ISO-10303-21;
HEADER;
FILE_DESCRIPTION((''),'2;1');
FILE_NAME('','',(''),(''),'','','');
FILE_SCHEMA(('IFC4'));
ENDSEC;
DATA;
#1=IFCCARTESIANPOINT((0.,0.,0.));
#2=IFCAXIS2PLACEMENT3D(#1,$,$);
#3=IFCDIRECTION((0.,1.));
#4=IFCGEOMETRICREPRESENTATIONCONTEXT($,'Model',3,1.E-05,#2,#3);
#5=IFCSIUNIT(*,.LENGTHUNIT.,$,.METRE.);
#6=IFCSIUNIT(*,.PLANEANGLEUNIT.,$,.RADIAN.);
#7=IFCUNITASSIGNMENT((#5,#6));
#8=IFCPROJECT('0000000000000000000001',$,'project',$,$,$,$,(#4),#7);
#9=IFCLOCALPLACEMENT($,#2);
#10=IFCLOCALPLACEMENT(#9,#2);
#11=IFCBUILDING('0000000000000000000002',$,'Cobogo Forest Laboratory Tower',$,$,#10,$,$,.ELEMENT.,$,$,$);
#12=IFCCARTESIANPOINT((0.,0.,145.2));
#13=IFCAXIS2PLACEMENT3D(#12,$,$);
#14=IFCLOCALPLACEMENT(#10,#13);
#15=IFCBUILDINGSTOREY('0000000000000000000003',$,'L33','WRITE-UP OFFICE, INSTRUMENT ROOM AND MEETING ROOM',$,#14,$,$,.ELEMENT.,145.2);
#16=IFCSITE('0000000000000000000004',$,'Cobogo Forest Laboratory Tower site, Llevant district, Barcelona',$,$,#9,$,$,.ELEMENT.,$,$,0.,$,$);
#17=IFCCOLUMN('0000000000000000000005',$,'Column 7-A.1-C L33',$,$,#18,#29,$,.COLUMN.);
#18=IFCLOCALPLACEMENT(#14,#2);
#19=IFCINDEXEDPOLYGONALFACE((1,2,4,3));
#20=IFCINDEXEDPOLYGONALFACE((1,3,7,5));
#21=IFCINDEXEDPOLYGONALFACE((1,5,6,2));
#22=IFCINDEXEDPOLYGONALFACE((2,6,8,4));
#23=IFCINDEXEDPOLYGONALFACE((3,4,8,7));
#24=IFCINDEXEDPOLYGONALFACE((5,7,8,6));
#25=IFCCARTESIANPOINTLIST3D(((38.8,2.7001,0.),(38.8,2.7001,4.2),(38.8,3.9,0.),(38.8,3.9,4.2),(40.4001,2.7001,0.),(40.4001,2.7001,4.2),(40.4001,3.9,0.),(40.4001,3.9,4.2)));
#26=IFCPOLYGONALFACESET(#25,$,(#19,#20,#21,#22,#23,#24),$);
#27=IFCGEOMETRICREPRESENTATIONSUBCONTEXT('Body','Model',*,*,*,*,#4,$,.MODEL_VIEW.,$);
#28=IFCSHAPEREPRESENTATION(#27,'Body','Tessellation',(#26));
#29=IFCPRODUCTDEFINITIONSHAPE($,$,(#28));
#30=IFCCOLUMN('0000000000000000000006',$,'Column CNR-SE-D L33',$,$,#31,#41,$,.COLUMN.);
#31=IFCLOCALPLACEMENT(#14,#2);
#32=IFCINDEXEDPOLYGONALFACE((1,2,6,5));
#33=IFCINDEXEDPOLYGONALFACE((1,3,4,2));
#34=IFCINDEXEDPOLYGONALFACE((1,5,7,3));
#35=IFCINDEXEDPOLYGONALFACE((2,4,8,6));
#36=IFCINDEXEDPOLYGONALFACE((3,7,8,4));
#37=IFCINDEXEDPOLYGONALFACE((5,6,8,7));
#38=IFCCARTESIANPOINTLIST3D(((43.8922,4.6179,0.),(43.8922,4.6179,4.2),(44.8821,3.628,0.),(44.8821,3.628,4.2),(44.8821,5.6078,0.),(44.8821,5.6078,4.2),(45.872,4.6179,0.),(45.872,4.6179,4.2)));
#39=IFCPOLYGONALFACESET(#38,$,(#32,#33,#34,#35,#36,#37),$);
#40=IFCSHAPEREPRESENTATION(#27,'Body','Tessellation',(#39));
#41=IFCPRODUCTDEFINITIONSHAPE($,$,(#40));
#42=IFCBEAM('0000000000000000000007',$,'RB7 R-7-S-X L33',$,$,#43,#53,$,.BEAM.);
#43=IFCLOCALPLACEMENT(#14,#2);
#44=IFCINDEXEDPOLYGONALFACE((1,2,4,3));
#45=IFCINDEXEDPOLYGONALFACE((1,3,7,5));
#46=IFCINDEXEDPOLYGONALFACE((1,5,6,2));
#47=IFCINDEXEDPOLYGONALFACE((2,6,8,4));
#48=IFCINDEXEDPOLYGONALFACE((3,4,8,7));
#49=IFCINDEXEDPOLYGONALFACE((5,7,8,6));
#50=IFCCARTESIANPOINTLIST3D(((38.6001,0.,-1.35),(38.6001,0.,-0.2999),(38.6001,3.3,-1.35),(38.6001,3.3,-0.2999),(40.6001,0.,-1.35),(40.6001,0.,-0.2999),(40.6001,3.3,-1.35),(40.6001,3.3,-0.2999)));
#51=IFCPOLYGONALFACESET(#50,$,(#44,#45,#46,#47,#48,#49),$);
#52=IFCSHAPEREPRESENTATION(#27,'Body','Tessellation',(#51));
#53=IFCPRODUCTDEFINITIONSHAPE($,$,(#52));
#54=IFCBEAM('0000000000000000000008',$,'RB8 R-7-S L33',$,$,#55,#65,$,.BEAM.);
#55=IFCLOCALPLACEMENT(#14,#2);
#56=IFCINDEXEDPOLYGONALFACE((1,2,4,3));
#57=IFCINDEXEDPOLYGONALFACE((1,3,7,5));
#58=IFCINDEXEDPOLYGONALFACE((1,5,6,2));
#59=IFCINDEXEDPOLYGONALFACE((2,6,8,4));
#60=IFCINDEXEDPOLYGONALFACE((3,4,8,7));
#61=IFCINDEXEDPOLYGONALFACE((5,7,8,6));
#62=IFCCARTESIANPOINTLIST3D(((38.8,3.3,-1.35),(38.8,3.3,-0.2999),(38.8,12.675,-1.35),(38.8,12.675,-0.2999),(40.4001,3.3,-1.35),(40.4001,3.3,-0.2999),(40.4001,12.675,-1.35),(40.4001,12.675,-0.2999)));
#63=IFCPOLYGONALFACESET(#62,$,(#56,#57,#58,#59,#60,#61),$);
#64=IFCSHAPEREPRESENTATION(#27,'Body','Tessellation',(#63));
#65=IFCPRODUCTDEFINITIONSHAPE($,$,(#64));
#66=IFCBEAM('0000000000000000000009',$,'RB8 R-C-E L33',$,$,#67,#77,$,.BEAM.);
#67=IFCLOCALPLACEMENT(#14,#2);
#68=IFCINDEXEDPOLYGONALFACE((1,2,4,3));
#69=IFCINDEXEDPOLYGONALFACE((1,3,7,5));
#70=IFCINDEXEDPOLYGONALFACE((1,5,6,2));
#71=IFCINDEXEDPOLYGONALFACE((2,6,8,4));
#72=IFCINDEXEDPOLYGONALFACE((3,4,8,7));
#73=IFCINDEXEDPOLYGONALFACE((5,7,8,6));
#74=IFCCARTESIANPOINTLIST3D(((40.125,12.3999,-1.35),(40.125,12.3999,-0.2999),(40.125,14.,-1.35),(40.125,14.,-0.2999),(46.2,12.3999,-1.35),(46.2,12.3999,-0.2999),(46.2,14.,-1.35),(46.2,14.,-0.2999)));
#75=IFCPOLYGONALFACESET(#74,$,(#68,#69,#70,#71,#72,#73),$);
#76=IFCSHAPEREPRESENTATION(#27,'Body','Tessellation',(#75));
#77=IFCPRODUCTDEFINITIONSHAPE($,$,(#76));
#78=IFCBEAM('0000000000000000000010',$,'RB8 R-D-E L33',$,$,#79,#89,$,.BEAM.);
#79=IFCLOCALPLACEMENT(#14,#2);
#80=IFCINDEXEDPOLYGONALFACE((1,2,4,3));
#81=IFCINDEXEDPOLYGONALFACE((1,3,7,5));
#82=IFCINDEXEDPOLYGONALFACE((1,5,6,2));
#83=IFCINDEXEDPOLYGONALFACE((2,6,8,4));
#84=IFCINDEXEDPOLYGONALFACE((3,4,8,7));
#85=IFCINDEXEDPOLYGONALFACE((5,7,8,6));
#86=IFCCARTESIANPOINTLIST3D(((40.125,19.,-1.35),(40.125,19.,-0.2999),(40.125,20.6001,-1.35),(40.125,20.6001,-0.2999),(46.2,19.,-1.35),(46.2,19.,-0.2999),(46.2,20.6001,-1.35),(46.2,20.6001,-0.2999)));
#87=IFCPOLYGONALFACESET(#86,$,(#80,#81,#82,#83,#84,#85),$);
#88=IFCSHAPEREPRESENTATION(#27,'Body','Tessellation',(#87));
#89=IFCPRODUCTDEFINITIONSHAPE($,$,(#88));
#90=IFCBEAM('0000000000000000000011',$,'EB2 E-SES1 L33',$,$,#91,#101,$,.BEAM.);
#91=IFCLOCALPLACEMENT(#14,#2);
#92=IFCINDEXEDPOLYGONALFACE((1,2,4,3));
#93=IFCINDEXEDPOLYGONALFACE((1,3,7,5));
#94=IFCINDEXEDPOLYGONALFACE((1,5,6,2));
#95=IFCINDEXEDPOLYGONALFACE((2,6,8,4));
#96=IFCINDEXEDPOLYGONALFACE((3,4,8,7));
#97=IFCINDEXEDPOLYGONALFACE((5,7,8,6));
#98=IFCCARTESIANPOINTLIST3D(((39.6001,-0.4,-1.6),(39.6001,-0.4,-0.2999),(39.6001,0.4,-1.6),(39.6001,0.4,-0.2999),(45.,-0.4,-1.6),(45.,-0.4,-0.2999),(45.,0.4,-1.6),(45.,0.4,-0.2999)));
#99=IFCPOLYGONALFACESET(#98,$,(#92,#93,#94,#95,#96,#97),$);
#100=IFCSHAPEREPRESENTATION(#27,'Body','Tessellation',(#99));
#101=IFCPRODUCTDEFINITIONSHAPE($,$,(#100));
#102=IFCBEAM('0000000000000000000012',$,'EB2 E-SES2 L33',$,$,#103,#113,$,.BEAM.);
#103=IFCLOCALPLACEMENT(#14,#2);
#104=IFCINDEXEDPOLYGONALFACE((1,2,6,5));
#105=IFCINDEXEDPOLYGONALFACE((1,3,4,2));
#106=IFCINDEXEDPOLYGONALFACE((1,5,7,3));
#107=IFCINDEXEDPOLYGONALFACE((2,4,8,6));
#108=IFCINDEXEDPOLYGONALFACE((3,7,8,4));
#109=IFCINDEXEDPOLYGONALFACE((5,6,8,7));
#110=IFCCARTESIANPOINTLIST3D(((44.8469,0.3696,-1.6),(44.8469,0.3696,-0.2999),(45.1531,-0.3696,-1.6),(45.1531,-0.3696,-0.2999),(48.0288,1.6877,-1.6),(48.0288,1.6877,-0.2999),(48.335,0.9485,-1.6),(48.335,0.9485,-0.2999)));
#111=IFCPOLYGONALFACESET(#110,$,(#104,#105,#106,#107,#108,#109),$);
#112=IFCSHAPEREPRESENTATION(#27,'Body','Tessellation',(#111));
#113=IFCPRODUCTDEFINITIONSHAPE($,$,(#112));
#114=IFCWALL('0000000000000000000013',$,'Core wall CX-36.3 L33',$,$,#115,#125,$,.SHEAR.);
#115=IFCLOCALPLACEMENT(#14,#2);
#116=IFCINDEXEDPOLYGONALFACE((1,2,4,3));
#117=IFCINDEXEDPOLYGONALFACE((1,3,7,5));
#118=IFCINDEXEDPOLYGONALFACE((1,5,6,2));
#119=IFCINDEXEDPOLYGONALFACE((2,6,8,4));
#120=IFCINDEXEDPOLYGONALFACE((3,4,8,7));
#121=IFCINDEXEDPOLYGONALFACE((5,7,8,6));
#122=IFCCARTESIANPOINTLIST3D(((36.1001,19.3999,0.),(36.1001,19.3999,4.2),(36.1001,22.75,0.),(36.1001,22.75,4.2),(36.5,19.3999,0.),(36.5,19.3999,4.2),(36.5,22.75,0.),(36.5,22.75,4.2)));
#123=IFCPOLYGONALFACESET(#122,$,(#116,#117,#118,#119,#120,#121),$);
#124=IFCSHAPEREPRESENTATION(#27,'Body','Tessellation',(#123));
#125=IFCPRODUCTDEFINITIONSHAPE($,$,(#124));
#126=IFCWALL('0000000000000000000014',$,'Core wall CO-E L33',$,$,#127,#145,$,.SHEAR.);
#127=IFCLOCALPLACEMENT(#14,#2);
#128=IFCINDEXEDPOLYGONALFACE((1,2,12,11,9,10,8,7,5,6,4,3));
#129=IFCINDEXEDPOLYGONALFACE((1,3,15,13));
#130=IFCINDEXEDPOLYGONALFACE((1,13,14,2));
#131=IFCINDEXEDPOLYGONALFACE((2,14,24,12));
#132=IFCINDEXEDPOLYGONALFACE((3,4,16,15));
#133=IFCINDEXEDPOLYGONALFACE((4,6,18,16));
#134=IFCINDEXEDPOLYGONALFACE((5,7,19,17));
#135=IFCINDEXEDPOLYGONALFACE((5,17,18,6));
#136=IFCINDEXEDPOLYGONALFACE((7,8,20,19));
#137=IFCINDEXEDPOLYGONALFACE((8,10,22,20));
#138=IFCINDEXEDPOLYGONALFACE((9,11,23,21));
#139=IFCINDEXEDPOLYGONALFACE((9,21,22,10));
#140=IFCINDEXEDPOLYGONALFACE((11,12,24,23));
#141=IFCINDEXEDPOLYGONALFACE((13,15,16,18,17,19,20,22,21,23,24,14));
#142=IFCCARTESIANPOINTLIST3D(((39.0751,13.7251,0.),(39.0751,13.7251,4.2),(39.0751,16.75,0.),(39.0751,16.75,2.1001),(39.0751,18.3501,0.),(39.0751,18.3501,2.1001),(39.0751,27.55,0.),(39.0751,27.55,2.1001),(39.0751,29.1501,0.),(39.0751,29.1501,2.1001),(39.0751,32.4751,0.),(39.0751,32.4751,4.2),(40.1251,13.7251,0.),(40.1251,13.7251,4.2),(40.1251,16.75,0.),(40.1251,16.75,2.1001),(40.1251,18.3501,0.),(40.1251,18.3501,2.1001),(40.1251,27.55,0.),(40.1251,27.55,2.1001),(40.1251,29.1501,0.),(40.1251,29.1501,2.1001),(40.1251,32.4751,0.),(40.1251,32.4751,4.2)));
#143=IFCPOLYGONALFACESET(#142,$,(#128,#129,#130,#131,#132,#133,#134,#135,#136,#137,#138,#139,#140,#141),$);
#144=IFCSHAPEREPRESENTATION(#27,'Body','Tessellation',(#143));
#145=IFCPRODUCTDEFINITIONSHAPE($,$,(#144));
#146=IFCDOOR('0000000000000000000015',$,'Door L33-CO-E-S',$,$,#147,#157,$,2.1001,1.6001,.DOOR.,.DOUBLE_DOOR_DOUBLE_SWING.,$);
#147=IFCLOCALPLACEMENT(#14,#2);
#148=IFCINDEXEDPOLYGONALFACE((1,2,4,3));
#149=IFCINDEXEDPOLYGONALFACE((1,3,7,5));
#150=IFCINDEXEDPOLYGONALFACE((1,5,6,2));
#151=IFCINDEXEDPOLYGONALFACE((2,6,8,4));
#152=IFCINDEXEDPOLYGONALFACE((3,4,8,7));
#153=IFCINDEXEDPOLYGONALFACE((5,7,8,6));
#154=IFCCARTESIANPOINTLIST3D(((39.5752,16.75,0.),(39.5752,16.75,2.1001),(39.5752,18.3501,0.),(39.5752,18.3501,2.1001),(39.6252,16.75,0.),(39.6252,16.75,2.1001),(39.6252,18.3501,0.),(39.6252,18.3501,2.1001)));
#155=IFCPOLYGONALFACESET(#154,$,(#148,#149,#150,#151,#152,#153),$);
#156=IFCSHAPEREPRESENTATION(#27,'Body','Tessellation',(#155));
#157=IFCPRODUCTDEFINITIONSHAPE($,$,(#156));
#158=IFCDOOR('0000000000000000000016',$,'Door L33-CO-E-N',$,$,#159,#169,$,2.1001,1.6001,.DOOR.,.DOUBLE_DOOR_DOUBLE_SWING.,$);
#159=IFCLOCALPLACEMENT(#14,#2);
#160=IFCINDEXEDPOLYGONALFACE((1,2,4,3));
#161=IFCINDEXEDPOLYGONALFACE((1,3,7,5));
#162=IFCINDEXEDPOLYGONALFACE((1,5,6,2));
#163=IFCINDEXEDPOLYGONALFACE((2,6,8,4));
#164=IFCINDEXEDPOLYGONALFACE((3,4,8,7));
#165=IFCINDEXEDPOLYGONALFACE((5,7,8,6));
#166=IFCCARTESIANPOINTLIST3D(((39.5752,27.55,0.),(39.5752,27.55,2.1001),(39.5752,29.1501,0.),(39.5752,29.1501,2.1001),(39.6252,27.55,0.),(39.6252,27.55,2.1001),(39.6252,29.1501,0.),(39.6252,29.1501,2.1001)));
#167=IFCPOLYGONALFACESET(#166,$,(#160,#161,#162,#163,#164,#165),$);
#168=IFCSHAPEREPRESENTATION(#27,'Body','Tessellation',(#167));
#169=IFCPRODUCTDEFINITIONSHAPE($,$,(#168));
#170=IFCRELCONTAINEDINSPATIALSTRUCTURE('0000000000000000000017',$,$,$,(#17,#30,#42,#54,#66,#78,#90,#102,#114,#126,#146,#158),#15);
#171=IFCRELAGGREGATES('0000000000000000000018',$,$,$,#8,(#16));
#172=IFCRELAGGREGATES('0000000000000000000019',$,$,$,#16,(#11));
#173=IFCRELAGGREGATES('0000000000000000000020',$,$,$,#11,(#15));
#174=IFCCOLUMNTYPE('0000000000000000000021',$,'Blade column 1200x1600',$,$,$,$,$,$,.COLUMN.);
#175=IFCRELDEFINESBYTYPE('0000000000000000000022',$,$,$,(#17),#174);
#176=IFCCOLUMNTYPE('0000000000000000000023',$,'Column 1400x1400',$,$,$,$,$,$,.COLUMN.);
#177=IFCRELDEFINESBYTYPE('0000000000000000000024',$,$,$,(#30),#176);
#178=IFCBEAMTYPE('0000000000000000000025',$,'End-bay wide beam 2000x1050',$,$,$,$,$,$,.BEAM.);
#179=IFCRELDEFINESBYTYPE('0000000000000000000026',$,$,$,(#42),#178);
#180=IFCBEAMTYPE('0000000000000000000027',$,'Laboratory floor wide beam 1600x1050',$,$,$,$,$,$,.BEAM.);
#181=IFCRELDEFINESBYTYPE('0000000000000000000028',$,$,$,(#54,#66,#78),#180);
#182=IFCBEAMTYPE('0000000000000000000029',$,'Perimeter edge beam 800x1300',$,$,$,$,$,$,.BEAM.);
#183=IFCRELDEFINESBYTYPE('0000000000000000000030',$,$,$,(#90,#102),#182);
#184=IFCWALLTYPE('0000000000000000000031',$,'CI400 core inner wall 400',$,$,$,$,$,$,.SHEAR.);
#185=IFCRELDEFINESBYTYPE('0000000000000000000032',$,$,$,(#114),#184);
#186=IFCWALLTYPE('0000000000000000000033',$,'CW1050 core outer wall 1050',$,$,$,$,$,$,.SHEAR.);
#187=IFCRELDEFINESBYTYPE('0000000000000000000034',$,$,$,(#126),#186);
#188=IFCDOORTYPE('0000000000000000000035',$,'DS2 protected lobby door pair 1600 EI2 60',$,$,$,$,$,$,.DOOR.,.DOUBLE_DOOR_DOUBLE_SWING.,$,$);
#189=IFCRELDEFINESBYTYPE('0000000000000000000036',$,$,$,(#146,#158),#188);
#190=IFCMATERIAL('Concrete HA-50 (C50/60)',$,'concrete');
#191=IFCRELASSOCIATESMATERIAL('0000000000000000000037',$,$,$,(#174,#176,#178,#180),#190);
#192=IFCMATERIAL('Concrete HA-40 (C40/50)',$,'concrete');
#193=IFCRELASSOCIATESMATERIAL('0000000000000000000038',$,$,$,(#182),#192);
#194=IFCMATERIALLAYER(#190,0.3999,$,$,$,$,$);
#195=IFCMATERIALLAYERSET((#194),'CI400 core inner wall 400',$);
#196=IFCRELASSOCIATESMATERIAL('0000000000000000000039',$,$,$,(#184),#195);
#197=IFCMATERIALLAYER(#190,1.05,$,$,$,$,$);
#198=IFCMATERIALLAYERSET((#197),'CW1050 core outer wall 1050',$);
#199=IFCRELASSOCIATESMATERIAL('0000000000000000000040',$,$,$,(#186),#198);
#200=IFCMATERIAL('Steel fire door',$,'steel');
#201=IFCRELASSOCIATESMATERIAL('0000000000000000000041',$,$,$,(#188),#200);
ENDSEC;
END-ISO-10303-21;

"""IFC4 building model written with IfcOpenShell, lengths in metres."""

from ifc_helpers import new_model, si_unit, direction, frame, frame_2d, origin, origin_2d, place, context, subcontext, project, spatial, rectangle, extrude, material, layer, layer_set, material_profile, profile_set, type_object, element, fill, save


model = new_model("IFC4")

# Units and contexts
model_context = context("Model", 3, precision=1e-05, world=origin(), true_north=direction((0.0, 1.0)))
body_context = subcontext(model_context, "Body", "Model", "MODEL_VIEW")
ifc_project = project(units=[si_unit("LENGTHUNIT", "METRE"), si_unit("PLANEANGLEUNIT", "RADIAN")], contexts=[model_context])

# Site, building, storey
site_placement = place(None, origin())
site = spatial("IfcSite", under=ifc_project, at=site_placement, Name="Cobogo Forest Laboratory Tower site, Llevant district, Barcelona", CompositionType="ELEMENT", RefElevation=0.0)
building_placement = place(site_placement, origin())
building = spatial("IfcBuilding", under=site, at=building_placement, Name="Cobogo Forest Laboratory Tower", CompositionType="ELEMENT")
storey_placement = place(building_placement, frame((0.0, 0.0, 145.2)))
storey = spatial("IfcBuildingStorey", under=building, at=storey_placement, Name="L33", Description="WRITE-UP OFFICE, INSTRUMENT ROOM AND MEETING ROOM", CompositionType="ELEMENT", Elevation=145.2)

# Columns
ifc_material_1 = material(Name="Concrete HA-50 (C50/60)", Category="concrete")
ifc_material_profile_1 = material_profile(ifc_material_1, rectangle(XDim=1.6001, YDim=1.2, at=origin_2d()), Name="RC 1200x1600")
ifc_profile_set_1 = profile_set([ifc_material_profile_1], Name="Concrete HA-50 (C50/60)")
column_type_1 = type_object("IfcColumnType", Name="Blade column 1200x1600", PredefinedType="COLUMN", material=ifc_profile_set_1)
column_1_placement = place(storey_placement, frame((39.6001, 3.3, 0.0), z_axis=(0.0, 0.0, 1.0), x_axis=(1.0, 0.0, 0.0)))
element("IfcColumn", 1, at=column_1_placement, inside=storey, type_object=column_type_1, Name="Column 7-A.1-C L33", PredefinedType="COLUMN", context=body_context, shape_type="SweptSolid", body=[
    extrude(rectangle(XDim=1.6001, YDim=1.2, at=origin_2d()), origin(), (0.0, 0.0, 1.0), 4.2),
])
ifc_material_profile_2 = material_profile(ifc_material_1, rectangle(XDim=1.3999, YDim=1.3999, at=origin_2d()), Name="RC 1400x1400")
ifc_profile_set_2 = profile_set([ifc_material_profile_2], Name="Concrete HA-50 (C50/60)")
column_type_2 = type_object("IfcColumnType", Name="Column 1400x1400", PredefinedType="COLUMN", material=ifc_profile_set_2)
column_2_placement = place(storey_placement, frame((44.8821, 4.6179, 0.0), z_axis=(0.0, 0.0, 1.0), x_axis=(0.707107, 0.707107, 0.0)))
element("IfcColumn", 2, at=column_2_placement, inside=storey, type_object=column_type_2, Name="Column CNR-SE-D L33", PredefinedType="COLUMN", context=body_context, shape_type="SweptSolid", body=[
    extrude(rectangle(XDim=1.3999, YDim=1.3999, at=origin_2d()), origin(), (0.0, 0.0, 1.0), 4.2),
])

# Beams
ifc_material_profile_3 = material_profile(ifc_material_1, rectangle(XDim=2.0, YDim=1.05, at=origin_2d()), Name="RC 2000x1050")
ifc_profile_set_3 = profile_set([ifc_material_profile_3], Name="Concrete HA-50 (C50/60)")
beam_type_1 = type_object("IfcBeamType", Name="End-bay wide beam 2000x1050", PredefinedType="BEAM", material=ifc_profile_set_3)
beam_1_placement = place(storey_placement, frame((39.6001, 0.0, -0.825), z_axis=(0.0, 1.0, 0.0), x_axis=(-1.0, 0.0, 0.0)))
element("IfcBeam", 3, at=beam_1_placement, inside=storey, type_object=beam_type_1, Name="RB7 R-7-S-X L33", PredefinedType="BEAM", context=body_context, shape_type="SweptSolid", body=[
    extrude(rectangle(XDim=2.0, YDim=1.05, at=origin_2d()), origin(), (0.0, 0.0, 1.0), 3.3),
])
ifc_material_profile_4 = material_profile(ifc_material_1, rectangle(XDim=1.6001, YDim=1.05, at=origin_2d()), Name="RC 1600x1050")
ifc_profile_set_4 = profile_set([ifc_material_profile_4], Name="Concrete HA-50 (C50/60)")
beam_type_2 = type_object("IfcBeamType", Name="Laboratory floor wide beam 1600x1050", PredefinedType="BEAM", material=ifc_profile_set_4)
beam_2_placement = place(storey_placement, frame((39.6001, 12.675, -0.825), z_axis=(0.0, -1.0, 0.0), x_axis=(1.0, 0.0, 0.0)))
element("IfcBeam", 4, at=beam_2_placement, inside=storey, type_object=beam_type_2, Name="RB8 R-7-S L33", PredefinedType="BEAM", context=body_context, shape_type="SweptSolid", body=[
    extrude(rectangle(XDim=1.6001, YDim=1.05, at=origin_2d()), origin(), (0.0, 0.0, 1.0), 9.375),
])
for number, where, z_axis, x_axis, name in (
    (5, (40.125, 13.2, -0.825), (1.0, 0.0, 0.0), (0.0, 1.0, 0.0), "RB8 R-C-E L33"),
    (6, (40.125, 19.8, -0.825), (1.0, 0.0, 0.0), (0.0, 1.0, 0.0), "RB8 R-D-E L33"),
):
    element("IfcBeam", number, at=place(storey_placement, frame(where, z_axis=z_axis, x_axis=x_axis)), inside=storey, type_object=beam_type_2, Name=name, PredefinedType="BEAM", context=body_context, shape_type="SweptSolid", body=[
        extrude(rectangle(XDim=1.6001, YDim=1.05, at=origin_2d()), origin(), (0.0, 0.0, 1.0), 6.075),
    ])
ifc_material_2 = material(Name="Concrete HA-40 (C40/50)", Category="concrete")
ifc_material_profile_5 = material_profile(ifc_material_2, rectangle(XDim=0.8, YDim=1.3, at=origin_2d()), Name="RC 800x1300")
ifc_profile_set_5 = profile_set([ifc_material_profile_5], Name="Concrete HA-40 (C40/50)")
beam_type_3 = type_object("IfcBeamType", Name="Perimeter edge beam 800x1300", PredefinedType="BEAM", material=ifc_profile_set_5)
beam_3_placement = place(storey_placement, frame((39.6001, 0.0, -0.95), z_axis=(1.0, 0.0, 0.0), x_axis=(0.0, 1.0, 0.0)))
element("IfcBeam", 7, at=beam_3_placement, inside=storey, type_object=beam_type_3, Name="EB2 E-SES1 L33", PredefinedType="BEAM", context=body_context, shape_type="SweptSolid", body=[
    extrude(rectangle(XDim=0.8, YDim=1.3, at=origin_2d()), origin(), (0.0, 0.0, 1.0), 5.3999),
])
beam_4_placement = place(storey_placement, frame((45.0, 0.0, -0.95), z_axis=(0.923866, 0.382717, 0.0), x_axis=(-0.382717, 0.923866, 0.0)))
element("IfcBeam", 8, at=beam_4_placement, inside=storey, type_object=beam_type_3, Name="EB2 E-SES2 L33", PredefinedType="BEAM", context=body_context, shape_type="SweptSolid", body=[
    extrude(rectangle(XDim=0.8, YDim=1.3, at=origin_2d()), origin(), (0.0, 0.0, 1.0), 3.4441),
])

# Wall
ifc_layer_1 = layer(ifc_material_1, 0.3999)
ifc_layer_set_1 = layer_set([ifc_layer_1], Name="CI400 core inner wall 400")
wall_type_1 = type_object("IfcWallType", Name="CI400 core inner wall 400", PredefinedType="SHEAR", material=ifc_layer_set_1)
wall_1_placement = place(storey_placement, frame((36.3, 19.3999, 0.0), z_axis=(0.0, 0.0, 1.0), x_axis=(0.0, 1.0, 0.0)))
element("IfcWall", 9, at=wall_1_placement, inside=storey, type_object=wall_type_1, Name="Core wall CX-36.3 L33", PredefinedType="SHEAR", context=body_context, shape_type="SweptSolid", body=[
    extrude(rectangle(XDim=3.3501, YDim=0.3999, at=frame_2d((1.675, 0.0))), origin(), (0.0, 0.0, 1.0), 4.2),
])

# Wall, openings, doors
ifc_layer_2 = layer(ifc_material_1, 1.05)
ifc_layer_set_2 = layer_set([ifc_layer_2], Name="CW1050 core outer wall 1050")
wall_type_2 = type_object("IfcWallType", Name="CW1050 core outer wall 1050", PredefinedType="SHEAR", material=ifc_layer_set_2)
wall_2_placement = place(storey_placement, frame((39.6001, 13.7251, 0.0), z_axis=(0.0, 0.0, 1.0), x_axis=(0.0, 1.0, 0.0)))
wall_2 = element("IfcWall", 10, at=wall_2_placement, inside=storey, type_object=wall_type_2, Name="Core wall CO-E L33", PredefinedType="SHEAR", context=body_context, shape_type="SweptSolid", body=[
    extrude(rectangle(XDim=18.75, YDim=1.05, at=frame_2d((9.375, 0.0))), origin(), (0.0, 0.0, 1.0), 4.2),
])
opening_1_placement = place(wall_2_placement, frame((3.0249, 0.0, 0.0)))
opening_1 = element("IfcOpeningElement", 11, at=opening_1_placement, cuts=wall_2, PredefinedType="OPENING", context=body_context, shape_type="SweptSolid", body=[
    extrude(rectangle(XDim=1.6001, YDim=2.1001, at=frame_2d((0.8, 1.05))), frame((0.0, 0.5349, 0.0), z_axis=(0.0, -1.0, 0.0), x_axis=(1.0, 0.0, 0.0)), (0.0, 0.0, 1.0), 1.0701),
])
opening_2_placement = place(wall_2_placement, frame((13.825, 0.0, 0.0)))
opening_2 = element("IfcOpeningElement", 12, at=opening_2_placement, cuts=wall_2, PredefinedType="OPENING", context=body_context, shape_type="SweptSolid", body=[
    extrude(rectangle(XDim=1.6001, YDim=2.1001, at=frame_2d((0.8, 1.05))), frame((0.0, 0.5349, 0.0), z_axis=(0.0, -1.0, 0.0), x_axis=(1.0, 0.0, 0.0)), (0.0, 0.0, 1.0), 1.0701),
])
ifc_material_3 = material(Name="Steel fire door", Category="steel")
door_type_1 = type_object("IfcDoorType", Name="DS2 protected lobby door pair 1600 EI2 60", OperationType="DOUBLE_DOOR_DOUBLE_SWING", PredefinedType="DOOR", material=ifc_material_3)
door_1_placement = place(opening_1_placement, origin())
door_1 = element("IfcDoor", 13, at=door_1_placement, inside=storey, type_object=door_type_1, Name="Door L33-CO-E-S", OperationType="DOUBLE_DOOR_DOUBLE_SWING", OverallHeight=2.1001, OverallWidth=1.6001, PredefinedType="DOOR", context=body_context, shape_type="SweptSolid", body=[
    extrude(rectangle(XDim=1.6001, YDim=2.1001, at=frame_2d((0.8, 1.05))), frame((0.0, 0.0249, 0.0), z_axis=(0.0, -1.0, 0.0), x_axis=(1.0, 0.0, 0.0)), (0.0, 0.0, 1.0), 0.05),
])
fill(opening_1, door_1)
door_2_placement = place(opening_2_placement, origin())
door_2 = element("IfcDoor", 14, at=door_2_placement, inside=storey, type_object=door_type_1, Name="Door L33-CO-E-N", OperationType="DOUBLE_DOOR_DOUBLE_SWING", OverallHeight=2.1001, OverallWidth=1.6001, PredefinedType="DOOR", context=body_context, shape_type="SweptSolid", body=[
    extrude(rectangle(XDim=1.6001, YDim=2.1001, at=frame_2d((0.8, 1.05))), frame((0.0, 0.0249, 0.0), z_axis=(0.0, -1.0, 0.0), x_axis=(1.0, 0.0, 0.0)), (0.0, 0.0, 1.0), 0.05),
])
fill(opening_2, door_2)

save(model, "model.ifc")
